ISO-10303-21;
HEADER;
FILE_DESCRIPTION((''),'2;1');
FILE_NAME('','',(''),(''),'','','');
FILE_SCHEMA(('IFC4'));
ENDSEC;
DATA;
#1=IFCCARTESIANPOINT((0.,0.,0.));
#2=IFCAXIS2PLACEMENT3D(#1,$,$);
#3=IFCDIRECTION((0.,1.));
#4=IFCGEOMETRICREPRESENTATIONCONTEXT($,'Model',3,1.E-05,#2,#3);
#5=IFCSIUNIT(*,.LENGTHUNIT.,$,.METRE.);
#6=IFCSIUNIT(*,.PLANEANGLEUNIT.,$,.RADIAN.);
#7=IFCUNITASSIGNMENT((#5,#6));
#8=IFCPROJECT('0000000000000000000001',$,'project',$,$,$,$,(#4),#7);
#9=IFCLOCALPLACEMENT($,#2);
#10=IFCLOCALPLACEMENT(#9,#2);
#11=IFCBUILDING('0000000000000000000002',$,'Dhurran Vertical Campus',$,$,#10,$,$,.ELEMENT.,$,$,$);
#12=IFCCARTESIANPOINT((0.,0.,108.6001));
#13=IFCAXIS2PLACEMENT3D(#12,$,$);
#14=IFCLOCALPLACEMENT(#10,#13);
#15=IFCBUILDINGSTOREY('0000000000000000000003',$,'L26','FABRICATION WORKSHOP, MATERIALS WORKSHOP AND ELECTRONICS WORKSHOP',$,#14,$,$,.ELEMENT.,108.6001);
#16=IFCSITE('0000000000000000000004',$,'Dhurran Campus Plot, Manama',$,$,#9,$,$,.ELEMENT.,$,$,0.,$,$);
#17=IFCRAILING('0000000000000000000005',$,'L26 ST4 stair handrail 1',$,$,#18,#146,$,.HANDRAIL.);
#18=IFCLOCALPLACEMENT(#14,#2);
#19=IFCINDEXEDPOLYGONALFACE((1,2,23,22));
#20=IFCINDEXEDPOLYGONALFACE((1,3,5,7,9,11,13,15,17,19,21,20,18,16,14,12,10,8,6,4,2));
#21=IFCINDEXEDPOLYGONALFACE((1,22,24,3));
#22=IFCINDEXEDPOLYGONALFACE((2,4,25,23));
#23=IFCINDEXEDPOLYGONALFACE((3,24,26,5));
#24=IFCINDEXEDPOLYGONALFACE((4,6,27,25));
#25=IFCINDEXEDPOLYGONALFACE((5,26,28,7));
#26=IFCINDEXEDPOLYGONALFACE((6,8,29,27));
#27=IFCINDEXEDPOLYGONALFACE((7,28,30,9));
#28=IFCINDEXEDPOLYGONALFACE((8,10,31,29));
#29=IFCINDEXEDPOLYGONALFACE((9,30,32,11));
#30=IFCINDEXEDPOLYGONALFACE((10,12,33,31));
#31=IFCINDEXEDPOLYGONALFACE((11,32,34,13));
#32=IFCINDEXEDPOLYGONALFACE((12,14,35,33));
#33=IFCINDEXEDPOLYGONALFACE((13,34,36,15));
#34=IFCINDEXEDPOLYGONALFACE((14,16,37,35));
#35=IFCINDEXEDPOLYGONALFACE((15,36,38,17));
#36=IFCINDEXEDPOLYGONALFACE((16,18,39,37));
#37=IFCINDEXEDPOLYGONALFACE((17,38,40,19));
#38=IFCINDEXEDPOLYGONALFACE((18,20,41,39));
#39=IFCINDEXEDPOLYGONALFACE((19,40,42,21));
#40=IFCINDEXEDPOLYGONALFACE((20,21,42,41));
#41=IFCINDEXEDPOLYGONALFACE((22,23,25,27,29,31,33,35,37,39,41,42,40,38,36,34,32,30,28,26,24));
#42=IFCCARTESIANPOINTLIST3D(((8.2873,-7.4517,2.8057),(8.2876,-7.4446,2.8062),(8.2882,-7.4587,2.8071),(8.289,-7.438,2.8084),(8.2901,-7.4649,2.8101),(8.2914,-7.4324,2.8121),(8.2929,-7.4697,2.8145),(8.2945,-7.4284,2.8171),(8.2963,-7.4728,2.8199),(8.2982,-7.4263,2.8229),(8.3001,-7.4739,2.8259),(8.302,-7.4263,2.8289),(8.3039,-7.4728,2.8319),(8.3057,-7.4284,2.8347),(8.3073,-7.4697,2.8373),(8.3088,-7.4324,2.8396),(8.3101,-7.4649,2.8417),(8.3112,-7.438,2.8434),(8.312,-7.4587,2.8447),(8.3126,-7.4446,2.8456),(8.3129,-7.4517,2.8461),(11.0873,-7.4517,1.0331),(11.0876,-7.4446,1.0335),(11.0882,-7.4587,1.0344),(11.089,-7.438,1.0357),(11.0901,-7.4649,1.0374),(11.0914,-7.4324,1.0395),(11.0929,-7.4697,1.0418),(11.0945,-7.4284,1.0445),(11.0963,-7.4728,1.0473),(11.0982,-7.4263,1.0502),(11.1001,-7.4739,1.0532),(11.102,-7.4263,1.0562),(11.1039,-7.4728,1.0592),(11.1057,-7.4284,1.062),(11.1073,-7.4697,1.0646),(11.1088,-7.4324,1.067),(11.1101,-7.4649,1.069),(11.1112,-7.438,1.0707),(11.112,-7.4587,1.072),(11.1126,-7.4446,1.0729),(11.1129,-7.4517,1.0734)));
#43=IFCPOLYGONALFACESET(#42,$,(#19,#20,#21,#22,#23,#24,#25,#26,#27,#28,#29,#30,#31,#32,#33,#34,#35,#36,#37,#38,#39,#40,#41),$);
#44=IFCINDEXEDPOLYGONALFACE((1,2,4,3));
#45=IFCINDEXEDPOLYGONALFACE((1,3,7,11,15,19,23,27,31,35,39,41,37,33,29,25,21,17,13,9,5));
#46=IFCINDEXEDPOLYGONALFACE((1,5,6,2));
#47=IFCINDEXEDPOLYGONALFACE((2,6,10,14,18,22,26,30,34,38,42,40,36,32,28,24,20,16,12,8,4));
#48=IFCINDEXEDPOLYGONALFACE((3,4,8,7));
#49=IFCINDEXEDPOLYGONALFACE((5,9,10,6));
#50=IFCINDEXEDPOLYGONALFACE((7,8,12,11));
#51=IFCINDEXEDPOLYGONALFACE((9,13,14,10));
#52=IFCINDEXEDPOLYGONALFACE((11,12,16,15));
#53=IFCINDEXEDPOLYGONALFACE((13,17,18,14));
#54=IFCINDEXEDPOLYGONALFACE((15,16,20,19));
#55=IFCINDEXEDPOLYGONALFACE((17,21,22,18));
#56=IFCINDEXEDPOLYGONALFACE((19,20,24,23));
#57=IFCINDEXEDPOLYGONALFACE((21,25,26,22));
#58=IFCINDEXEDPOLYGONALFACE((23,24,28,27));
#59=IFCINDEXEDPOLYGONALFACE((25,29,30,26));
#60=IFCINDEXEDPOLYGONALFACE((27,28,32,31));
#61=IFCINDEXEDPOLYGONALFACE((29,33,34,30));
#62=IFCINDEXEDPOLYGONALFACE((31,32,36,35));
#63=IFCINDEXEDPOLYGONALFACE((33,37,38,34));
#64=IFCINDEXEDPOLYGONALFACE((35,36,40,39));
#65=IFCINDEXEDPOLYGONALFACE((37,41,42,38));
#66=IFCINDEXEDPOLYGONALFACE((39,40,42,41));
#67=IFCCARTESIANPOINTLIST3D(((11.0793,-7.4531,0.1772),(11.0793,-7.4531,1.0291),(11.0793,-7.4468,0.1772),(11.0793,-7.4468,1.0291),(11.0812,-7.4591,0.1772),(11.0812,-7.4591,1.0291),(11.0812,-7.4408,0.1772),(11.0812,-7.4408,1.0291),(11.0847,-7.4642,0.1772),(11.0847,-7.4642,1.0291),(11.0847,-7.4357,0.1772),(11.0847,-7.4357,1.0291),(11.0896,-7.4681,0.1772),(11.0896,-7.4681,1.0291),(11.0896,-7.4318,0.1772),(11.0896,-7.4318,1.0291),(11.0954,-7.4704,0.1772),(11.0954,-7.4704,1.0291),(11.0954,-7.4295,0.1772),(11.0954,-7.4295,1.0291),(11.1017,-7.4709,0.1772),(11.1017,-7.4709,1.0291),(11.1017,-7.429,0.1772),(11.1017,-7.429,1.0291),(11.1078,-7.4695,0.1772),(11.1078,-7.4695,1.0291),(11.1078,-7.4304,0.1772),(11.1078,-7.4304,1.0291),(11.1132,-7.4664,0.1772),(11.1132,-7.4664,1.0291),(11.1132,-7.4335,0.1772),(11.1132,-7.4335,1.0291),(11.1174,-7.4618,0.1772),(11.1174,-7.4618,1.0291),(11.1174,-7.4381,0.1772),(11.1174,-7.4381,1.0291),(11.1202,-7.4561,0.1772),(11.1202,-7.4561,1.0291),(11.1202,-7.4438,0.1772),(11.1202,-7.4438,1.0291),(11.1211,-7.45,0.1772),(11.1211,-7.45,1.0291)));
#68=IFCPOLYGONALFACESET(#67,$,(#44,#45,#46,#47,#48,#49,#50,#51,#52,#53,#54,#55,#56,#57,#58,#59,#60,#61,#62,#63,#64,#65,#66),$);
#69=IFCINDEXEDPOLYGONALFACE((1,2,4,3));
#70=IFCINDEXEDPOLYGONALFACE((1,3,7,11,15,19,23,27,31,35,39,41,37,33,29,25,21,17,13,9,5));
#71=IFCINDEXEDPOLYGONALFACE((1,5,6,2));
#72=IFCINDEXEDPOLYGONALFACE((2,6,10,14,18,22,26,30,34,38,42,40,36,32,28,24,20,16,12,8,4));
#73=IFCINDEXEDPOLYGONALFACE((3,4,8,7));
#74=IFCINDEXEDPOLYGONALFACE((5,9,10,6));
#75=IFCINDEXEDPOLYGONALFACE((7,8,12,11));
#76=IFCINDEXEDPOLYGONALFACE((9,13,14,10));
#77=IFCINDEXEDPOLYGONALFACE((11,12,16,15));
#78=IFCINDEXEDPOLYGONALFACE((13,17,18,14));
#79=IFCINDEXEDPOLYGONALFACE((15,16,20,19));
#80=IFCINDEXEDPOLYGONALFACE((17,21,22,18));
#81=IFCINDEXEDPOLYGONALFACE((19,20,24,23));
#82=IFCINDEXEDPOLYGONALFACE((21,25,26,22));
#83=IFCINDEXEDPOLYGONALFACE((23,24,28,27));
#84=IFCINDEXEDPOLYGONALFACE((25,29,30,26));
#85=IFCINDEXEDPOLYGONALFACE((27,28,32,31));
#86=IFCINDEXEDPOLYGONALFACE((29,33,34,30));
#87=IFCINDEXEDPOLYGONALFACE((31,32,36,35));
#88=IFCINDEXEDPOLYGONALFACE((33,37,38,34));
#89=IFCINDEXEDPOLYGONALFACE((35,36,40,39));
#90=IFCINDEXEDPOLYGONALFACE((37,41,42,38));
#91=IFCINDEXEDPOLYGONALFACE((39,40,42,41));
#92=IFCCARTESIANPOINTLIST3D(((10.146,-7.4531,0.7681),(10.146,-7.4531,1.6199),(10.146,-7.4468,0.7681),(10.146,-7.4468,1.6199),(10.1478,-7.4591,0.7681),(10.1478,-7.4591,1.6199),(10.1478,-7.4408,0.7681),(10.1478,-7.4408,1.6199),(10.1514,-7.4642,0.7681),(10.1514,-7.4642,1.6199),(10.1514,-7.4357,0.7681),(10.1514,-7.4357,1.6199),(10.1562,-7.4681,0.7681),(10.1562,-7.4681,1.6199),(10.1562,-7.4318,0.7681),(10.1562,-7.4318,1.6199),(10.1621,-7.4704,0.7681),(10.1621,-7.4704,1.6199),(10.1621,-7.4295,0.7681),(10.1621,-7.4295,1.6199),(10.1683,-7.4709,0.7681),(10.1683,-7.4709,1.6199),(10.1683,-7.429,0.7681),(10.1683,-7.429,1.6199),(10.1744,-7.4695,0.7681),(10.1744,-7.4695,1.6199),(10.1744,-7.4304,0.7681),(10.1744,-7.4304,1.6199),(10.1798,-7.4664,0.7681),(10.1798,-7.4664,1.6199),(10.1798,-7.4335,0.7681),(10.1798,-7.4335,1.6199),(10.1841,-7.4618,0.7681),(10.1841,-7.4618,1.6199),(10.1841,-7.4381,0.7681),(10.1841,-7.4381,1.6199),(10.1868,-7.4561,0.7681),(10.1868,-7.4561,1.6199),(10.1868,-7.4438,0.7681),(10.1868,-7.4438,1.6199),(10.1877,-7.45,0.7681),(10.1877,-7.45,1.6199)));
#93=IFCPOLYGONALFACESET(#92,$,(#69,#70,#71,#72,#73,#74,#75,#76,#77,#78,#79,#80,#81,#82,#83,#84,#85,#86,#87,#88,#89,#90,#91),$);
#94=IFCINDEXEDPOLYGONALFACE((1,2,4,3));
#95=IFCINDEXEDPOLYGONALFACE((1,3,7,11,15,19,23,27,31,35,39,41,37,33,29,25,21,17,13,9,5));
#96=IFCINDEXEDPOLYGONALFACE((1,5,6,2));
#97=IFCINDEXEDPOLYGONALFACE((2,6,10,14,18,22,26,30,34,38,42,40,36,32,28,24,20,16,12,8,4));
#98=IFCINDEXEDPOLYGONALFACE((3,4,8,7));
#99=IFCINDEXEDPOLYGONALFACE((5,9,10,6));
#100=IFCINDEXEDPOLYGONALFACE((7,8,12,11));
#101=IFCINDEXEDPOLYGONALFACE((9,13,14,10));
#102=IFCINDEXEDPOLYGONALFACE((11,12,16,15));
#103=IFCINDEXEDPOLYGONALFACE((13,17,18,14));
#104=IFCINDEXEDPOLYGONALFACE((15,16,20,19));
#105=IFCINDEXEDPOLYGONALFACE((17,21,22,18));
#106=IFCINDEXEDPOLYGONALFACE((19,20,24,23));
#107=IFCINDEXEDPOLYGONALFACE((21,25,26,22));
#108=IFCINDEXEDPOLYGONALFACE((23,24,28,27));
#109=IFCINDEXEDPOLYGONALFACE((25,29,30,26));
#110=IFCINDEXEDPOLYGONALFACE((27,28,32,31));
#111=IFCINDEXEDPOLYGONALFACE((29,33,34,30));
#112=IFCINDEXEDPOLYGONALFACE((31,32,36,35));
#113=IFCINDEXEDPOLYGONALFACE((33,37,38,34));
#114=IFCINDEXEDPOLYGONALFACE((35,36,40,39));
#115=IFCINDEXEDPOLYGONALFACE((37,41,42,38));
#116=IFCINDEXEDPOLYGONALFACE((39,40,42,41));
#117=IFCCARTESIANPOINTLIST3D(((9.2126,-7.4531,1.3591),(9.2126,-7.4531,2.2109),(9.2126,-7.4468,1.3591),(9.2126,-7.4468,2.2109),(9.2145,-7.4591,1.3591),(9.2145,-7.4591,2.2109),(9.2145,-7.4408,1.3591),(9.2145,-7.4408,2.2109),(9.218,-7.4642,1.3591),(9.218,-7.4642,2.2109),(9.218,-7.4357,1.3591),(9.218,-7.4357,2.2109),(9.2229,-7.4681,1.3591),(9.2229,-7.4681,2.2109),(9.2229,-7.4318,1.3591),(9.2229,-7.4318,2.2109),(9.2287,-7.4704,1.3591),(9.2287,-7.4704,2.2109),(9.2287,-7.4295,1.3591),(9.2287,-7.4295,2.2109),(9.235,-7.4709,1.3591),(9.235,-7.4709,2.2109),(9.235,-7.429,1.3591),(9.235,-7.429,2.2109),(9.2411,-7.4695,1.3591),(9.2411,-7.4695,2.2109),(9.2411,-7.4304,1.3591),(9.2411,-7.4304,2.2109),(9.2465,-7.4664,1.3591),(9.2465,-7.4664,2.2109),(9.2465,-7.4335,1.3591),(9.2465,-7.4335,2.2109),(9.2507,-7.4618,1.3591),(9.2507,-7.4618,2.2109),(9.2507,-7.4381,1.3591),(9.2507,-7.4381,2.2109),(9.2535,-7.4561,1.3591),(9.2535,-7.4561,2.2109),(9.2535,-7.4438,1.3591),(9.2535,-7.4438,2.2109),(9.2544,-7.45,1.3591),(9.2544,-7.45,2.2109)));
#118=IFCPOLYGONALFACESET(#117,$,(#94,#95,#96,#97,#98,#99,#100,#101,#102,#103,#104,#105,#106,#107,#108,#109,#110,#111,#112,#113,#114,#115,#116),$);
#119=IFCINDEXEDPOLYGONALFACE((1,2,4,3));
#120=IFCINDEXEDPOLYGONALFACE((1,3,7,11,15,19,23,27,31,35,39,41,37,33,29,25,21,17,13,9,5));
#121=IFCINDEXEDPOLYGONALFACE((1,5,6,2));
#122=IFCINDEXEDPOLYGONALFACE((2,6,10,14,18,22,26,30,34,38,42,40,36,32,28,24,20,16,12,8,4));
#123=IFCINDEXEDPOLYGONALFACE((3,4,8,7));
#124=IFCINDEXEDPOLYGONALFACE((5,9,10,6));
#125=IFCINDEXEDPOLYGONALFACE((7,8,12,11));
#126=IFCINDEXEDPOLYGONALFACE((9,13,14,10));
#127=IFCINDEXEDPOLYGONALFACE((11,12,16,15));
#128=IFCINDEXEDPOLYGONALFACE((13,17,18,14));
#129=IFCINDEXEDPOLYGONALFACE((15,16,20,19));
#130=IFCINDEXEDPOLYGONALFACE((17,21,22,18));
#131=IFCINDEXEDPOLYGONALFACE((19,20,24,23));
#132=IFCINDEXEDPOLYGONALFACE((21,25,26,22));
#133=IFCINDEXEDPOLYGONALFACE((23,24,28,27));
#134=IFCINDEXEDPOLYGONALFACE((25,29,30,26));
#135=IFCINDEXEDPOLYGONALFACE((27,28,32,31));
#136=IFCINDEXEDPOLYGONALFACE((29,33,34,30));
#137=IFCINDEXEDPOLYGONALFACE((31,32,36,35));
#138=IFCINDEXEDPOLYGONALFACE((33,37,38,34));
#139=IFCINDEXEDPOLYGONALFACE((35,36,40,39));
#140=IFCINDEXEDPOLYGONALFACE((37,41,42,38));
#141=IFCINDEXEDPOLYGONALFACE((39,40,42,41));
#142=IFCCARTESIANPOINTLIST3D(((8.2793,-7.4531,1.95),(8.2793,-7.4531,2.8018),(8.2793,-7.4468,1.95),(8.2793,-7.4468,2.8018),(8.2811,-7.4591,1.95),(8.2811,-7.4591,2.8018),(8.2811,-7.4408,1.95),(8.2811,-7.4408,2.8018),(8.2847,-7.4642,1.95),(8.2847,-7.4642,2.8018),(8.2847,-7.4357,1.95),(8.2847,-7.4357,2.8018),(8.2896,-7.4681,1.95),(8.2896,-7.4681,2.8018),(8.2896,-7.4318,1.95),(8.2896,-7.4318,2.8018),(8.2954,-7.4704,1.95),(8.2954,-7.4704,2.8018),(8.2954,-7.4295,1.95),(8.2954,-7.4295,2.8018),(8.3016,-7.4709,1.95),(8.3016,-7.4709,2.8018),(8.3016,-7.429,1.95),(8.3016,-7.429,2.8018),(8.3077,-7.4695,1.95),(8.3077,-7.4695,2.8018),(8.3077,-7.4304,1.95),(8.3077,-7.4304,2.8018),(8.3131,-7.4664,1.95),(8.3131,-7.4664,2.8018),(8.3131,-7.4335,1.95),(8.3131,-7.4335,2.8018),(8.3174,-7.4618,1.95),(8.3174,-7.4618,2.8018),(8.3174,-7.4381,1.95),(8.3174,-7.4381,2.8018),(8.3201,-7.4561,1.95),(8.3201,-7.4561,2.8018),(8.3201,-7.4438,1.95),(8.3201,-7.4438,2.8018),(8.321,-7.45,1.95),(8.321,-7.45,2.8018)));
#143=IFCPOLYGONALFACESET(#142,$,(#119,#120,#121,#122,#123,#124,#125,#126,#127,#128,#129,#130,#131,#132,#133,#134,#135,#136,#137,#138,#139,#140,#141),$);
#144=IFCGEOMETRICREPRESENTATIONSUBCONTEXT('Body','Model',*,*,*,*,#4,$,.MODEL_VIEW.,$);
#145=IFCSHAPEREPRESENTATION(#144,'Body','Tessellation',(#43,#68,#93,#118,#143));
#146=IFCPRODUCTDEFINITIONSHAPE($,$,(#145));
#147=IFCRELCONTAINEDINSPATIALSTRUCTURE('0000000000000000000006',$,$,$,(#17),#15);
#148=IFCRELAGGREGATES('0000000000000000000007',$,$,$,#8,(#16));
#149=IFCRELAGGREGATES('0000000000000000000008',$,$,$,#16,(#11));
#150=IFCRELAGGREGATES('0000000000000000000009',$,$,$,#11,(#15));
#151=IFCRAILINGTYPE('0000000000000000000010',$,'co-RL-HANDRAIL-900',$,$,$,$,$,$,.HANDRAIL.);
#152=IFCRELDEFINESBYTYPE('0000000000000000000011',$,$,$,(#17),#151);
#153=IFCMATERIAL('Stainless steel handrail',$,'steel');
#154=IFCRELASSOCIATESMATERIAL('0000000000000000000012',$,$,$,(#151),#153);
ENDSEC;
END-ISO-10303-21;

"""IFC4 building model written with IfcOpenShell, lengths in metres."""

from ifc_helpers import new_model, si_unit, direction, frame, origin, origin_2d, place, context, subcontext, project, spatial, circle, extrude, material, type_object, element, save


model = new_model("IFC4")

# Units and contexts
model_context = context("Model", 3, precision=1e-05, world=origin(), true_north=direction((0.0, 1.0)))
body_context = subcontext(model_context, "Body", "Model", "MODEL_VIEW")
ifc_project = project(units=[si_unit("LENGTHUNIT", "METRE"), si_unit("PLANEANGLEUNIT", "RADIAN")], contexts=[model_context])

# Site, building, storey
site_placement = place(None, origin())
site = spatial("IfcSite", under=ifc_project, at=site_placement, Name="Dhurran Campus Plot, Manama", CompositionType="ELEMENT", RefElevation=0.0)
building_placement = place(site_placement, origin())
building = spatial("IfcBuilding", under=site, at=building_placement, Name="Dhurran Vertical Campus", CompositionType="ELEMENT")
storey_placement = place(building_placement, frame((0.0, 0.0, 108.6001)))
storey = spatial("IfcBuildingStorey", under=building, at=storey_placement, Name="L26", Description="FABRICATION WORKSHOP, MATERIALS WORKSHOP AND ELECTRONICS WORKSHOP", CompositionType="ELEMENT", Elevation=108.6001)

# Railing
ifc_material_1 = material(Name="Stainless steel handrail", Category="steel")
railing_type_1 = type_object("IfcRailingType", Name="co-RL-HANDRAIL-900", PredefinedType="HANDRAIL", material=ifc_material_1)
railing_1_placement = place(storey_placement, frame((11.1001, -7.45, 0.1772)))
element("IfcRailing", 1, at=railing_1_placement, inside=storey, type_object=railing_type_1, Name="L26 ST4 stair handrail 1", PredefinedType="HANDRAIL", context=body_context, shape_type="SweptSolid", body=[
    extrude(circle(Radius=0.0239, at=origin_2d()), frame((0.0, 0.0, 0.876), z_axis=(-0.844909, 0.0, 0.53491), x_axis=(0.0, -1.0, 0.0)), (0.0, 0.0, 1.0), 3.314),
    extrude(circle(Radius=0.021, at=origin_2d()), origin(), (0.0, 0.0, 1.0), 0.8518),
    extrude(circle(Radius=0.021, at=origin_2d()), frame((-0.9333, 0.0, 0.5908)), (0.0, 0.0, 1.0), 0.8518),
    extrude(circle(Radius=0.021, at=origin_2d()), frame((-1.8667, 0.0, 1.1819)), (0.0, 0.0, 1.0), 0.8518),
    extrude(circle(Radius=0.021, at=origin_2d()), frame((-2.8, 0.0, 1.7727)), (0.0, 0.0, 1.0), 0.8518),
])

save(model, "model.ifc")
